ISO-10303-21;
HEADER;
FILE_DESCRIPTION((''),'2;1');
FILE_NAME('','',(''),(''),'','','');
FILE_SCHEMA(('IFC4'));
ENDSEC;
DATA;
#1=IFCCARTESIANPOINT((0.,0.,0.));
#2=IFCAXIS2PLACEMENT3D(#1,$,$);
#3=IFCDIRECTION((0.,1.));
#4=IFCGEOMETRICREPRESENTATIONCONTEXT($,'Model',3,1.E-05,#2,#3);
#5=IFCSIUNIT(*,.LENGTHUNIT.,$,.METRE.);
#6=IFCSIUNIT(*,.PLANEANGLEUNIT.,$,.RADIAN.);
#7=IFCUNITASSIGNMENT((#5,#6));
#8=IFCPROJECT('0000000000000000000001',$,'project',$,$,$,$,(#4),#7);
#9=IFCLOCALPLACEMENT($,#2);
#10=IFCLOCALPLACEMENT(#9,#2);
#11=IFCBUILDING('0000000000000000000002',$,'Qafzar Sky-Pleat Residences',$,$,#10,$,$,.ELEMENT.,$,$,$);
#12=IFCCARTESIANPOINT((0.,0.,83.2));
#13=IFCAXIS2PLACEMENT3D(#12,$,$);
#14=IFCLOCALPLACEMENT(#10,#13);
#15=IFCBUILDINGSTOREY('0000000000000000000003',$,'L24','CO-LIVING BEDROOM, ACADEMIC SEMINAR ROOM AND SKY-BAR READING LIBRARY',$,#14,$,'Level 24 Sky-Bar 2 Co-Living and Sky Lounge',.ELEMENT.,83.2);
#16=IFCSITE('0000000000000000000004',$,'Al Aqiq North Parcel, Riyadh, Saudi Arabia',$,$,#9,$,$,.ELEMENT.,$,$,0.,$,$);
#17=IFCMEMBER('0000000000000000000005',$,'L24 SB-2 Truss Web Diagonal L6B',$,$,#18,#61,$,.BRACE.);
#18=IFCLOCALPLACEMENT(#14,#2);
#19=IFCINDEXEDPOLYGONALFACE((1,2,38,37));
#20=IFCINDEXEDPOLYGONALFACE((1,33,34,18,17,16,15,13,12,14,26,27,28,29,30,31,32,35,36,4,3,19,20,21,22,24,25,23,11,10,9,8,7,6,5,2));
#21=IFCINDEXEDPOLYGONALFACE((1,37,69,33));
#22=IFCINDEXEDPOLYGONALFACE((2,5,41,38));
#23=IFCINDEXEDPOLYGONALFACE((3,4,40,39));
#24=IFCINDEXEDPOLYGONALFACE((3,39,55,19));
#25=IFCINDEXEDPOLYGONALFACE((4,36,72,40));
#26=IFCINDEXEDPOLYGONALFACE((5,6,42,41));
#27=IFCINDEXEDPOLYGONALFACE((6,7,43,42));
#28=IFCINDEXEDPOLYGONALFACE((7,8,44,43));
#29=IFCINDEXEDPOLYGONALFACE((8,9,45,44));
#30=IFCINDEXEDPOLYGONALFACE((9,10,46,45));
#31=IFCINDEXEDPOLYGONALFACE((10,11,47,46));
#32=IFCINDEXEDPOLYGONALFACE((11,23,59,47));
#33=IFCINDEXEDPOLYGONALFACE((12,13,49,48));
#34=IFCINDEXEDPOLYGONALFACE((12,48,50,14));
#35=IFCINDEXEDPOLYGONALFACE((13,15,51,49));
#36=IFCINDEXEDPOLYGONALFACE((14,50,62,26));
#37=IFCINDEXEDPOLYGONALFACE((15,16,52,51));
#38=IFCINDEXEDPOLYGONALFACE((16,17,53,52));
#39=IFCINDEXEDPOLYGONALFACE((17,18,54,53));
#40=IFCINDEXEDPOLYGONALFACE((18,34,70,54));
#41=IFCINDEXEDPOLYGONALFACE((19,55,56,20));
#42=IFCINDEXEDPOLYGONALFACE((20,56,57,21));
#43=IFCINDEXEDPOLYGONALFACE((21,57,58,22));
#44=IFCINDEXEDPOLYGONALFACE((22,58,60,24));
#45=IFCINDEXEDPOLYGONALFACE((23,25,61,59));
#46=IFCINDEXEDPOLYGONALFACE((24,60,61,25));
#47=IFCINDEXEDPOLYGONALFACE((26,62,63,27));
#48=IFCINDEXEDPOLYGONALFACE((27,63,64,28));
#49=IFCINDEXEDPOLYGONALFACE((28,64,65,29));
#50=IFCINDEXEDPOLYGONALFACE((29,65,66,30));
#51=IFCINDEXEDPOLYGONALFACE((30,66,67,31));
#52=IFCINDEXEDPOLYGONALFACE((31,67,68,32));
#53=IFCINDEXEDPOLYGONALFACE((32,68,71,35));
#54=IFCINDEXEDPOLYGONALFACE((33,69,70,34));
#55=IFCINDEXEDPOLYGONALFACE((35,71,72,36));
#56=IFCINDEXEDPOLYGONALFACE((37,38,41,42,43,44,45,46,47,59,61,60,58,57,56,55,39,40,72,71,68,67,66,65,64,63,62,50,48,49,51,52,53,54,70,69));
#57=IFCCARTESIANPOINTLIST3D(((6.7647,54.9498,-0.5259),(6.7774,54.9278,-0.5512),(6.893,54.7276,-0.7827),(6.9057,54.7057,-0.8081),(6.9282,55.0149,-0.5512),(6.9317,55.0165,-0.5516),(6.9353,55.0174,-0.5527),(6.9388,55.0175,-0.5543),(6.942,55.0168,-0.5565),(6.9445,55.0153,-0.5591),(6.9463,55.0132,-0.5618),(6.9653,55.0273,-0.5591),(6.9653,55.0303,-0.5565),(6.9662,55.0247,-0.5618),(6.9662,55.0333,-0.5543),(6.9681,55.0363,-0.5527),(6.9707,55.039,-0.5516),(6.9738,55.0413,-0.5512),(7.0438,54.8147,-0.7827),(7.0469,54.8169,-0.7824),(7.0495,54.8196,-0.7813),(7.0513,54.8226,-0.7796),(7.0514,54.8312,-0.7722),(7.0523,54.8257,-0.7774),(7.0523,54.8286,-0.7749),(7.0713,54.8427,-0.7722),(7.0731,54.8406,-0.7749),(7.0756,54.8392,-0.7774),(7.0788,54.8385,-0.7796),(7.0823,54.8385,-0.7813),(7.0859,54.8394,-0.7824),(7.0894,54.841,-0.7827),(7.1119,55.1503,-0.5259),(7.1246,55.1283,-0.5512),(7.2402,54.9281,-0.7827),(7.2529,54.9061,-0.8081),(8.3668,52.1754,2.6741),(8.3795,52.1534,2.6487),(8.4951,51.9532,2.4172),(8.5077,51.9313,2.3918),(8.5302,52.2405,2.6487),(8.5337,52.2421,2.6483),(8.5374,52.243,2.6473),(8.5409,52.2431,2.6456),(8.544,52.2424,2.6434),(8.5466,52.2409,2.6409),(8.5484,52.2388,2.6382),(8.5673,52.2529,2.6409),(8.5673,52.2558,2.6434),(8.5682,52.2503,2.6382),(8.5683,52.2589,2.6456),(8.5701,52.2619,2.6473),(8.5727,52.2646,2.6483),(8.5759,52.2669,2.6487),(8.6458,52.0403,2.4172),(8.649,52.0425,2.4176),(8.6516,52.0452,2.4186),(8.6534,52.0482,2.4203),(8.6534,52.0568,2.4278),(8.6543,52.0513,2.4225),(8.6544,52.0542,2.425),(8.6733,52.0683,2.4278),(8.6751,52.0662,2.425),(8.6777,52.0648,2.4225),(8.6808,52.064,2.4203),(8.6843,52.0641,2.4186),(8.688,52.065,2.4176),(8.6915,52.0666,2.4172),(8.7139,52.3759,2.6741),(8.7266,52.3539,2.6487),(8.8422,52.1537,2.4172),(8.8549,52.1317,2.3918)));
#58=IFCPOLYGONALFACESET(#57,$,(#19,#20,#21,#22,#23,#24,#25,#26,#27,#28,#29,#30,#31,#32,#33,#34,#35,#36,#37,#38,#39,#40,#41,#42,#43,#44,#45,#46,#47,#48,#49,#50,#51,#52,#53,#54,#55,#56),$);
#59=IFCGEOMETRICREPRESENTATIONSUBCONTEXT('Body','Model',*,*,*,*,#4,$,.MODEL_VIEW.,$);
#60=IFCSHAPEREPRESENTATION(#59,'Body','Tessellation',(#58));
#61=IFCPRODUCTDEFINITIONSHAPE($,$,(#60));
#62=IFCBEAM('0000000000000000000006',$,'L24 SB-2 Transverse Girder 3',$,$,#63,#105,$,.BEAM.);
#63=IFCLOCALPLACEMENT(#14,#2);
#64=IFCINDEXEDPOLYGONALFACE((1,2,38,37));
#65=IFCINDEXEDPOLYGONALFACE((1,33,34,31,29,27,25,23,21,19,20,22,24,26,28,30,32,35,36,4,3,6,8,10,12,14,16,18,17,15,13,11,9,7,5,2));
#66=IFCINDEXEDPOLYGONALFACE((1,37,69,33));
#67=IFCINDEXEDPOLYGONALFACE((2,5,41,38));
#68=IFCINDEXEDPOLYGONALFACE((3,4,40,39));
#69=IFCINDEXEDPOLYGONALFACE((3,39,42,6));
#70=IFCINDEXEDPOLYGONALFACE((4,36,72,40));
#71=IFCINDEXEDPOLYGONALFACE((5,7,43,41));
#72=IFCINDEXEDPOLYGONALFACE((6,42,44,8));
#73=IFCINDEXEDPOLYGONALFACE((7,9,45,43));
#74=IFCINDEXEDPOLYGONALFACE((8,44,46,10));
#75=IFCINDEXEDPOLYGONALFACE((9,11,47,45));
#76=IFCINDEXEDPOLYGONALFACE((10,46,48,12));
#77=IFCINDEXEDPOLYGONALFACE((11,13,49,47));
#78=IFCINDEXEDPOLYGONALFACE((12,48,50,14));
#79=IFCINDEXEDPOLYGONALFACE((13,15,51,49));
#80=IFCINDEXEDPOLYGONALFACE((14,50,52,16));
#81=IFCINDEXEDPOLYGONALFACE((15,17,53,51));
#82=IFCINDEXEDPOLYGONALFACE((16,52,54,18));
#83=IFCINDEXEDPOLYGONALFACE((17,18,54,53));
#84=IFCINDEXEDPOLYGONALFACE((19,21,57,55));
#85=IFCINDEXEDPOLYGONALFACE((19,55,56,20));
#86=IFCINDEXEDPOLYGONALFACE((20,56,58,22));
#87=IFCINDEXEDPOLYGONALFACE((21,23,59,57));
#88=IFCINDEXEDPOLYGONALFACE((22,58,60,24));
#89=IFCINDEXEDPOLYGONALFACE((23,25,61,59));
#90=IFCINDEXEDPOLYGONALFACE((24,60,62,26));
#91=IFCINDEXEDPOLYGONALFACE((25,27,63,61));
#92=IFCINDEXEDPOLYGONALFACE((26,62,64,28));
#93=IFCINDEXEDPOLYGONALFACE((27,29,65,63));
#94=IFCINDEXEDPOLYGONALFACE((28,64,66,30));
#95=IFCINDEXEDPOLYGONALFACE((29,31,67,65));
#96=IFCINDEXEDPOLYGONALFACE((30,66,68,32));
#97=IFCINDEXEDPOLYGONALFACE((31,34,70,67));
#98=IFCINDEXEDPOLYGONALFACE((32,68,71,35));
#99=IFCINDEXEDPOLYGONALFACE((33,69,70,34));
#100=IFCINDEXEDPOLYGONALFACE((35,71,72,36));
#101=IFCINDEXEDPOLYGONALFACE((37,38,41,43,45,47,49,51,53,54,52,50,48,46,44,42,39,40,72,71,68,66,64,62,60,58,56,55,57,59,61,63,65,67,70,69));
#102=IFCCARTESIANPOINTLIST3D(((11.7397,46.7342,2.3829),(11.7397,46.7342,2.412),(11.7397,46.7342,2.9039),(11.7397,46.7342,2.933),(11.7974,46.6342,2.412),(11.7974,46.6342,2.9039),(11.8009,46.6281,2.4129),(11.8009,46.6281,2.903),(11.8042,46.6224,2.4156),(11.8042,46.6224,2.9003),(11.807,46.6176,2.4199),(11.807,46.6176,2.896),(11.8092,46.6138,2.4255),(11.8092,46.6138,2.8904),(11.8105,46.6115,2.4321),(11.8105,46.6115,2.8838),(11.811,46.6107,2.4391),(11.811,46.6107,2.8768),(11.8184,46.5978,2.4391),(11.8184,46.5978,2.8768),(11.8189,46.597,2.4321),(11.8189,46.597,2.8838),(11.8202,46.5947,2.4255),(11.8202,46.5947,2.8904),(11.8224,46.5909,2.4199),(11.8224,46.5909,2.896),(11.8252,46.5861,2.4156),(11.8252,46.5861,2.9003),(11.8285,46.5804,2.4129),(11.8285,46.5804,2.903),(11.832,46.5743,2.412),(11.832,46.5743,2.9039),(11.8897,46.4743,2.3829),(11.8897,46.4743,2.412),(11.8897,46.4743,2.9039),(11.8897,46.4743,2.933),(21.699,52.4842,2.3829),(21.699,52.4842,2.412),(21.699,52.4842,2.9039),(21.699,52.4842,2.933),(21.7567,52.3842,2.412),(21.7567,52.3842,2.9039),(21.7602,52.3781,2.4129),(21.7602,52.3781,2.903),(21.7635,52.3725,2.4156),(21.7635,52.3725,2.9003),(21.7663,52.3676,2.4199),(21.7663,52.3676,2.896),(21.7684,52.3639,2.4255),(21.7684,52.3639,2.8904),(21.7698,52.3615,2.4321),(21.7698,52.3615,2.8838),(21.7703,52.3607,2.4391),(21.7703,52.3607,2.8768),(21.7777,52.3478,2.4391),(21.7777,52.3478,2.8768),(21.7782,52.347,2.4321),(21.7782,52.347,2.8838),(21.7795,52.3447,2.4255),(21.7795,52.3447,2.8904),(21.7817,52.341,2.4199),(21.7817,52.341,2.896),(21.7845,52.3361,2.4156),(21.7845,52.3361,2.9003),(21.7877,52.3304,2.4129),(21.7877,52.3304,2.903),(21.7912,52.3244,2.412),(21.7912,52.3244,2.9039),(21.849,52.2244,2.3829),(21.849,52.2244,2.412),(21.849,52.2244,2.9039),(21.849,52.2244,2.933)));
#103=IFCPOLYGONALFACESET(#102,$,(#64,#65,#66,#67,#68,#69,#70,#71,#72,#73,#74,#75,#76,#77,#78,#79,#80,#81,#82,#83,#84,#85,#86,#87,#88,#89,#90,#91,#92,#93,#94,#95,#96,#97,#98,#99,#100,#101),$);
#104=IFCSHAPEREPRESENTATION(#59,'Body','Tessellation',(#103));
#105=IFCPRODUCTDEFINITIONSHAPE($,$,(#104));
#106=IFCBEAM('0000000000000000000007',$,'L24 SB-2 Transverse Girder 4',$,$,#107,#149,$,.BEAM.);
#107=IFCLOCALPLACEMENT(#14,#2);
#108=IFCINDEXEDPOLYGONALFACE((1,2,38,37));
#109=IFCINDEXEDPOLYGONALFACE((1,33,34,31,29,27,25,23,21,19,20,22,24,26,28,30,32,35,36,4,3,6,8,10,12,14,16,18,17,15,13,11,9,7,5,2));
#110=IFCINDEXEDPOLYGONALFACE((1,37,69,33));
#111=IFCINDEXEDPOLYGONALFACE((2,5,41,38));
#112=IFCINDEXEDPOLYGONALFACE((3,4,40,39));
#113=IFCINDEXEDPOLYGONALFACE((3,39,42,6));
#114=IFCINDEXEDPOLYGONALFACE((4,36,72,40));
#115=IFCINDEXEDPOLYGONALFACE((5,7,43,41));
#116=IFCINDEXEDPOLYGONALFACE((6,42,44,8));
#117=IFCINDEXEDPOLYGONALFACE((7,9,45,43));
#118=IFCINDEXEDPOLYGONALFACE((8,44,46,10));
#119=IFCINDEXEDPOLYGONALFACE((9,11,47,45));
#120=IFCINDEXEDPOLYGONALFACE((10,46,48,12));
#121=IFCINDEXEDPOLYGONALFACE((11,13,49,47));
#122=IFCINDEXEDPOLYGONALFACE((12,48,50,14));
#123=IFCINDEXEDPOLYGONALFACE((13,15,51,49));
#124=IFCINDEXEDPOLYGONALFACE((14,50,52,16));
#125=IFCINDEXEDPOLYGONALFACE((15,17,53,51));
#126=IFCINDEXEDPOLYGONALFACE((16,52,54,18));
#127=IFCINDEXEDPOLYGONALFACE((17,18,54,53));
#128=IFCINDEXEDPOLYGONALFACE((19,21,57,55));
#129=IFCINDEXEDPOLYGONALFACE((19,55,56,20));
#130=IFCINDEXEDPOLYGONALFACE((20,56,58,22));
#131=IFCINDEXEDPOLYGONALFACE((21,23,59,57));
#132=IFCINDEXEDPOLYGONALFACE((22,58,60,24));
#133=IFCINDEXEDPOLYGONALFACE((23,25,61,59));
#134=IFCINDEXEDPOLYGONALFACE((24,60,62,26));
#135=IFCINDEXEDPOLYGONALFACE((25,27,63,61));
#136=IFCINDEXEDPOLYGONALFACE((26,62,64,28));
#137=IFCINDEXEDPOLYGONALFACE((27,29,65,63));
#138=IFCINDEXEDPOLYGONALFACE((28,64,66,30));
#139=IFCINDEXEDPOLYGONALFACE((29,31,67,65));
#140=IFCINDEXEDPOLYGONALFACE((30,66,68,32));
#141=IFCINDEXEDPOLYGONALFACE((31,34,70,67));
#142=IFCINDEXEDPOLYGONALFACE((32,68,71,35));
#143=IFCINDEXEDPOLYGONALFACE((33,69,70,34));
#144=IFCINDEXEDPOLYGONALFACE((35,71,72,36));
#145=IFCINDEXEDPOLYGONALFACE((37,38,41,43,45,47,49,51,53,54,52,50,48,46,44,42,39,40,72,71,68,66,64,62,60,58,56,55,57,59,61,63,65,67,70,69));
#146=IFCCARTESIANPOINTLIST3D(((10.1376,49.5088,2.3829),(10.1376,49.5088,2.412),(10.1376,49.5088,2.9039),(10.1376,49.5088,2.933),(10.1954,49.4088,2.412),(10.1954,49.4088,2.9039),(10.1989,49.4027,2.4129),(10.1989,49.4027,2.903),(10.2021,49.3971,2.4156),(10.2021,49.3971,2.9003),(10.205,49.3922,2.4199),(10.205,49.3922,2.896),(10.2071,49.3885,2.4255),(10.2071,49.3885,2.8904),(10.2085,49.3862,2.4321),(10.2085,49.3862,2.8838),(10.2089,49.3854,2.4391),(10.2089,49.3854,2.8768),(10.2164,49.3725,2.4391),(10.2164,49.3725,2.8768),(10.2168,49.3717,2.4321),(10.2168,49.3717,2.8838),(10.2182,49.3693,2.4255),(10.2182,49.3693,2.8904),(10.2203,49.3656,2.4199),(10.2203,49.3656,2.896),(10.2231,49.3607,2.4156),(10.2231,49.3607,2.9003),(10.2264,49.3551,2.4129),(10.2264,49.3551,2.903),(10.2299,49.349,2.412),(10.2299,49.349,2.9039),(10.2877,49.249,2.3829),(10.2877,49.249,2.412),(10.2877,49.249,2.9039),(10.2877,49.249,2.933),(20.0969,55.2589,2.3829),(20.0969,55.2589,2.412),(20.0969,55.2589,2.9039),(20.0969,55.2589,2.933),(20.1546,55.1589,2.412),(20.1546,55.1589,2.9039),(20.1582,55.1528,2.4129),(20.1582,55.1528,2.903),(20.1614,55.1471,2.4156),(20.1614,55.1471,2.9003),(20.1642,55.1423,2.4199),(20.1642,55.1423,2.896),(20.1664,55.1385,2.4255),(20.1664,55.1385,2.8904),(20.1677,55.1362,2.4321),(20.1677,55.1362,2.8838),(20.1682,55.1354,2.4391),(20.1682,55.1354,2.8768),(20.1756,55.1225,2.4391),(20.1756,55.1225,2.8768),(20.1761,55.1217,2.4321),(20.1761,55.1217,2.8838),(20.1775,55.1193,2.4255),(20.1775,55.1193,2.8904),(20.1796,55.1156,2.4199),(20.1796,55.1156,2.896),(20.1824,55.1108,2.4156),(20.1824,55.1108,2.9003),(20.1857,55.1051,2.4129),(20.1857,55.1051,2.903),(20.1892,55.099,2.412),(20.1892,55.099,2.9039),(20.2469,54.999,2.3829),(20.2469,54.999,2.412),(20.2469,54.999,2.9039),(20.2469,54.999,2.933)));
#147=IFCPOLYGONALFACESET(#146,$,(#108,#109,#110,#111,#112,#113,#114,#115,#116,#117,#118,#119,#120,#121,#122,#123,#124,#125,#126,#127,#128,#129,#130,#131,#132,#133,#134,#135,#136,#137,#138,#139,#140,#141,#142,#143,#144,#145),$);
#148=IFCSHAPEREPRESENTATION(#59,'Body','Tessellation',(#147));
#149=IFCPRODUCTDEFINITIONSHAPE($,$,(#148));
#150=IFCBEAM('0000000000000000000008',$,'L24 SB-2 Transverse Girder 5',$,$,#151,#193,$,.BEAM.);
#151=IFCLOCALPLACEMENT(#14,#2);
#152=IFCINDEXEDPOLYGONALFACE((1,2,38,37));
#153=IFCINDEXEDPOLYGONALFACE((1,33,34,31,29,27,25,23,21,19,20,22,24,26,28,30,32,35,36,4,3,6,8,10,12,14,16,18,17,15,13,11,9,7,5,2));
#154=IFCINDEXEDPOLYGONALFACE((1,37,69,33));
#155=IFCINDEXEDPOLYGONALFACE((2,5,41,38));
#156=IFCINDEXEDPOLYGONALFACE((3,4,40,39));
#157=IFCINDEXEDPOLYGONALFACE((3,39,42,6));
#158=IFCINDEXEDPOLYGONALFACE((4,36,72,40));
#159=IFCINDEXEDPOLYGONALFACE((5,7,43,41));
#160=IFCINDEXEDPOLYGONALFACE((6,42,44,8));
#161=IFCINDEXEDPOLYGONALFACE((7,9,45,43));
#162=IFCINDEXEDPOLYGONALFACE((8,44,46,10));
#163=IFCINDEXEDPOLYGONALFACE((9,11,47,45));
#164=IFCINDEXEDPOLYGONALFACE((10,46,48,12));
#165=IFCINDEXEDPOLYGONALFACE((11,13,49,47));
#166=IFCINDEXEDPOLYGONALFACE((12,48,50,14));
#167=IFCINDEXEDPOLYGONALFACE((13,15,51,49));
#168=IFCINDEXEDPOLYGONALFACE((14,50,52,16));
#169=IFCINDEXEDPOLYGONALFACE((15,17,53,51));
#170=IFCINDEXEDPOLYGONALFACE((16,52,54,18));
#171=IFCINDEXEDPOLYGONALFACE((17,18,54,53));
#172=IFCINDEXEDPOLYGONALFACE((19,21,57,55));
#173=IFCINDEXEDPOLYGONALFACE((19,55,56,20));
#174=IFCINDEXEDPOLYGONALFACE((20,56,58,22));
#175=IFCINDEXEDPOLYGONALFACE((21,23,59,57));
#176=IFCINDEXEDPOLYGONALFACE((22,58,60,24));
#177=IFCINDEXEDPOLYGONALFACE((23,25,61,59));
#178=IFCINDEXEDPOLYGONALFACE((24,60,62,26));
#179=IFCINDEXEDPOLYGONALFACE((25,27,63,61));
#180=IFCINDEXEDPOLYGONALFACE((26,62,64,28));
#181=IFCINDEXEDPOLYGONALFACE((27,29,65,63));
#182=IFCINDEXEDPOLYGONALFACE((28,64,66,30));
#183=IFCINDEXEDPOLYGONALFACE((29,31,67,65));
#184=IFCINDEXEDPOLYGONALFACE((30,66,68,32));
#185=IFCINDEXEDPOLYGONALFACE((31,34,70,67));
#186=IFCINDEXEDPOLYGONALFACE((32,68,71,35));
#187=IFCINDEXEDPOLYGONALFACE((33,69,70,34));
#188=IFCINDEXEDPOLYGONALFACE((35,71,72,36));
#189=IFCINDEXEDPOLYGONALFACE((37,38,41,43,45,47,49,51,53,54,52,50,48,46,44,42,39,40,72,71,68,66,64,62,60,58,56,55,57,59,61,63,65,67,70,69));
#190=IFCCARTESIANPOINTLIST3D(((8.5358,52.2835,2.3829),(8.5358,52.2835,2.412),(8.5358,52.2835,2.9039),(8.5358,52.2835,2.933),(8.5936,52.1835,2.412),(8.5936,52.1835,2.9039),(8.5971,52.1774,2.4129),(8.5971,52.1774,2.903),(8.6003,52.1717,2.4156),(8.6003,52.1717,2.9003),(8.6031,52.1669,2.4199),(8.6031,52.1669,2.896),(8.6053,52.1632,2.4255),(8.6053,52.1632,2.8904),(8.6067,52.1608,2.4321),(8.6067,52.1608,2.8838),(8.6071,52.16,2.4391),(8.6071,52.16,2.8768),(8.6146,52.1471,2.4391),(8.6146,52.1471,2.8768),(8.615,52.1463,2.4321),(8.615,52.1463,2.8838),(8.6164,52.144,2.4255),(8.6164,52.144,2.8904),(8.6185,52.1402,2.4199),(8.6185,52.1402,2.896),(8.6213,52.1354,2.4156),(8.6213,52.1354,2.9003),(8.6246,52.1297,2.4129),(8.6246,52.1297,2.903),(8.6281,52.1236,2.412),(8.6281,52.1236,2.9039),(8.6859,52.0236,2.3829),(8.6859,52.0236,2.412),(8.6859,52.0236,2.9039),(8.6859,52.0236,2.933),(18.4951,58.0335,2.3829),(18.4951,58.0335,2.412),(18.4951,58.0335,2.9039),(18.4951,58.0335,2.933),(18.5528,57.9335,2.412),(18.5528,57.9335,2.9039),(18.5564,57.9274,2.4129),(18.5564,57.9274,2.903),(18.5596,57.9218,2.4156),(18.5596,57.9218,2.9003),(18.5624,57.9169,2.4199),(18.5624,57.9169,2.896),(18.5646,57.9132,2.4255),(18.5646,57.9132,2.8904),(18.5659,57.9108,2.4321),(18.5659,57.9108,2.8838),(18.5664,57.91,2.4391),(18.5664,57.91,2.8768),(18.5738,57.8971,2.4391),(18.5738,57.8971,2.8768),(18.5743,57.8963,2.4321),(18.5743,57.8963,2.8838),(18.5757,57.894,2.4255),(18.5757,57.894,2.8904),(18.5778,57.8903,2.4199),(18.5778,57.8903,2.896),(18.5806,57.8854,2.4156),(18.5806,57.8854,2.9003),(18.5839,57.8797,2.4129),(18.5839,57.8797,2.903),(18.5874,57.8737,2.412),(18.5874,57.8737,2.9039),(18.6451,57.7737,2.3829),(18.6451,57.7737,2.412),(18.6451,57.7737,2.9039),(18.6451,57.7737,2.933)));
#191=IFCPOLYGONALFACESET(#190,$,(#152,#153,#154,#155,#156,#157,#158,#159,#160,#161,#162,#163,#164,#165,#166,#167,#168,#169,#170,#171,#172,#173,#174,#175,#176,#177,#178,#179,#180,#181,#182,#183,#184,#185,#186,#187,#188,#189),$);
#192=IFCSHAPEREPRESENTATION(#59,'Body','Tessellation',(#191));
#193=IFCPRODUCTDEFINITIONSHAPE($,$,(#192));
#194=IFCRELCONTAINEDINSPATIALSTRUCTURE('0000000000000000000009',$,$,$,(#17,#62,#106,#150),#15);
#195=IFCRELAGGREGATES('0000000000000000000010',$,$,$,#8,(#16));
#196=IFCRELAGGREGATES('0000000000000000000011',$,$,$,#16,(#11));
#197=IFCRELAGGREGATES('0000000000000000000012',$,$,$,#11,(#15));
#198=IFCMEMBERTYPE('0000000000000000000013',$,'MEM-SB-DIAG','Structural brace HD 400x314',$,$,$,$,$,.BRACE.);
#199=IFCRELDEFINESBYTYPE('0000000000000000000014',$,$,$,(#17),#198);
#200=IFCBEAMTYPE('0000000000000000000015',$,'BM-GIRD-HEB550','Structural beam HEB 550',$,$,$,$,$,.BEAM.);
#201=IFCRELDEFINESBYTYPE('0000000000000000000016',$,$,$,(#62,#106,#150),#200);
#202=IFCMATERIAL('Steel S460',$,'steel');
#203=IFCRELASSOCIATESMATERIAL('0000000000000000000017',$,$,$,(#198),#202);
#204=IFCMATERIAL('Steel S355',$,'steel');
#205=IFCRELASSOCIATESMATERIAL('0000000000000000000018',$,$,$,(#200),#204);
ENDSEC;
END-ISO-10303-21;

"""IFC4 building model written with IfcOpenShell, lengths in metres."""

from ifc_helpers import new_model, si_unit, direction, frame, origin, origin_2d, place, context, subcontext, project, spatial, i_section, extrude, source, transform, mapped, material, material_profile, profile_set, type_object, element, save


model = new_model("IFC4")

# Units and contexts
model_context = context("Model", 3, precision=1e-05, world=origin(), true_north=direction((0.0, 1.0)))
body_context = subcontext(model_context, "Body", "Model", "MODEL_VIEW")
ifc_project = project(units=[si_unit("LENGTHUNIT", "METRE"), si_unit("PLANEANGLEUNIT", "RADIAN")], contexts=[model_context])

# Site, building, storey
site_placement = place(None, origin())
site = spatial("IfcSite", under=ifc_project, at=site_placement, Name="Al Aqiq North Parcel, Riyadh, Saudi Arabia", CompositionType="ELEMENT", RefElevation=0.0)
building_placement = place(site_placement, origin())
building = spatial("IfcBuilding", under=site, at=building_placement, Name="Qafzar Sky-Pleat Residences", CompositionType="ELEMENT")
storey_placement = place(building_placement, frame((0.0, 0.0, 83.2)))
storey = spatial("IfcBuildingStorey", under=building, at=storey_placement, Name="L24", Description="CO-LIVING BEDROOM, ACADEMIC SEMINAR ROOM AND SKY-BAR READING LIBRARY", LongName="Level 24 Sky-Bar 2 Co-Living and Sky Lounge", CompositionType="ELEMENT", Elevation=83.2)

# Member
ifc_material_1 = material(Name="Steel S460", Category="steel")
ifc_material_profile_1 = material_profile(ifc_material_1, i_section(OverallWidth=0.4009, OverallDepth=0.3989, WebThickness=0.0229, FlangeThickness=0.0359, FilletRadius=0.0149, at=origin_2d()), Name="HD 400x314")
ifc_profile_set_1 = profile_set([ifc_material_profile_1], Name="Steel S460")
member_type_1 = type_object("IfcMemberType", Name="MEM-SB-DIAG", Description="Structural brace HD 400x314", PredefinedType="BRACE", material=ifc_profile_set_1)
shared_shape_1 = source(origin(), body_context, "Body", "SweptSolid", [
    extrude(i_section(OverallWidth=0.4009, OverallDepth=0.3989, WebThickness=0.0229, FlangeThickness=0.0359, FilletRadius=0.0149, at=origin_2d()), origin(), (0.0, 0.0, 1.0), 4.5281),
])
for number, where, z_axis, x_axis, name in (
    (1, (8.6108, 52.1536, 2.533), (-0.353803, 0.612711, -0.706688), (-0.865993, -0.500057, 0.0), "L24 SB-2 Truss Web Diagonal L6B"),
):
    element("IfcMember", number, at=place(storey_placement, frame(where, z_axis=z_axis, x_axis=x_axis)), inside=storey, type_object=member_type_1, Name=name, PredefinedType="BRACE", context=body_context, shape_type="MappedRepresentation", body=[
        mapped(shared_shape_1, transform((0.0, 0.0, 0.0), x_axis=(1.0, 0.0, 0.0), y_axis=(0.0, 1.0, 0.0), z_axis=(0.0, 0.0, 1.0), scale=1.0)),
    ])

# Beams
ifc_material_2 = material(Name="Steel S355", Category="steel")
ifc_material_profile_2 = material_profile(ifc_material_2, i_section(OverallWidth=0.3, OverallDepth=0.55, WebThickness=0.0149, FlangeThickness=0.0291, FilletRadius=0.0271, at=origin_2d()), Name="HEB 550")
ifc_profile_set_2 = profile_set([ifc_material_profile_2], Name="Steel S355")
beam_type_1 = type_object("IfcBeamType", Name="BM-GIRD-HEB550", Description="Structural beam HEB 550", PredefinedType="BEAM", material=ifc_profile_set_2)
shared_shape_2 = source(origin(), body_context, "Body", "SweptSolid", [
    extrude(i_section(OverallWidth=0.3, OverallDepth=0.55, WebThickness=0.0149, FlangeThickness=0.0291, FilletRadius=0.0271, at=origin_2d()), origin(), (0.0, 0.0, 1.0), 11.5),
])
for number, where, z_axis, x_axis, name in (
    (2, (11.8147, 46.6042, 2.658), (0.866024, 0.500002, 0.0), (-0.500002, 0.866024, 0.0), "L24 SB-2 Transverse Girder 3"),
    (3, (10.2126, 49.3789, 2.658), (0.866024, 0.500002, 0.0), (-0.500002, 0.866024, 0.0), "L24 SB-2 Transverse Girder 4"),
    (4, (8.6108, 52.1536, 2.658), (0.866024, 0.500002, 0.0), (-0.500002, 0.866024, 0.0), "L24 SB-2 Transverse Girder 5"),
):
    element("IfcBeam", number, at=place(storey_placement, frame(where, z_axis=z_axis, x_axis=x_axis)), inside=storey, type_object=beam_type_1, Name=name, PredefinedType="BEAM", context=body_context, shape_type="MappedRepresentation", body=[
        mapped(shared_shape_2, transform((0.0, 0.0, 0.0), x_axis=(1.0, 0.0, 0.0), y_axis=(0.0, 1.0, 0.0), z_axis=(0.0, 0.0, 1.0), scale=1.0)),
    ])

save(model, "model.ifc")
